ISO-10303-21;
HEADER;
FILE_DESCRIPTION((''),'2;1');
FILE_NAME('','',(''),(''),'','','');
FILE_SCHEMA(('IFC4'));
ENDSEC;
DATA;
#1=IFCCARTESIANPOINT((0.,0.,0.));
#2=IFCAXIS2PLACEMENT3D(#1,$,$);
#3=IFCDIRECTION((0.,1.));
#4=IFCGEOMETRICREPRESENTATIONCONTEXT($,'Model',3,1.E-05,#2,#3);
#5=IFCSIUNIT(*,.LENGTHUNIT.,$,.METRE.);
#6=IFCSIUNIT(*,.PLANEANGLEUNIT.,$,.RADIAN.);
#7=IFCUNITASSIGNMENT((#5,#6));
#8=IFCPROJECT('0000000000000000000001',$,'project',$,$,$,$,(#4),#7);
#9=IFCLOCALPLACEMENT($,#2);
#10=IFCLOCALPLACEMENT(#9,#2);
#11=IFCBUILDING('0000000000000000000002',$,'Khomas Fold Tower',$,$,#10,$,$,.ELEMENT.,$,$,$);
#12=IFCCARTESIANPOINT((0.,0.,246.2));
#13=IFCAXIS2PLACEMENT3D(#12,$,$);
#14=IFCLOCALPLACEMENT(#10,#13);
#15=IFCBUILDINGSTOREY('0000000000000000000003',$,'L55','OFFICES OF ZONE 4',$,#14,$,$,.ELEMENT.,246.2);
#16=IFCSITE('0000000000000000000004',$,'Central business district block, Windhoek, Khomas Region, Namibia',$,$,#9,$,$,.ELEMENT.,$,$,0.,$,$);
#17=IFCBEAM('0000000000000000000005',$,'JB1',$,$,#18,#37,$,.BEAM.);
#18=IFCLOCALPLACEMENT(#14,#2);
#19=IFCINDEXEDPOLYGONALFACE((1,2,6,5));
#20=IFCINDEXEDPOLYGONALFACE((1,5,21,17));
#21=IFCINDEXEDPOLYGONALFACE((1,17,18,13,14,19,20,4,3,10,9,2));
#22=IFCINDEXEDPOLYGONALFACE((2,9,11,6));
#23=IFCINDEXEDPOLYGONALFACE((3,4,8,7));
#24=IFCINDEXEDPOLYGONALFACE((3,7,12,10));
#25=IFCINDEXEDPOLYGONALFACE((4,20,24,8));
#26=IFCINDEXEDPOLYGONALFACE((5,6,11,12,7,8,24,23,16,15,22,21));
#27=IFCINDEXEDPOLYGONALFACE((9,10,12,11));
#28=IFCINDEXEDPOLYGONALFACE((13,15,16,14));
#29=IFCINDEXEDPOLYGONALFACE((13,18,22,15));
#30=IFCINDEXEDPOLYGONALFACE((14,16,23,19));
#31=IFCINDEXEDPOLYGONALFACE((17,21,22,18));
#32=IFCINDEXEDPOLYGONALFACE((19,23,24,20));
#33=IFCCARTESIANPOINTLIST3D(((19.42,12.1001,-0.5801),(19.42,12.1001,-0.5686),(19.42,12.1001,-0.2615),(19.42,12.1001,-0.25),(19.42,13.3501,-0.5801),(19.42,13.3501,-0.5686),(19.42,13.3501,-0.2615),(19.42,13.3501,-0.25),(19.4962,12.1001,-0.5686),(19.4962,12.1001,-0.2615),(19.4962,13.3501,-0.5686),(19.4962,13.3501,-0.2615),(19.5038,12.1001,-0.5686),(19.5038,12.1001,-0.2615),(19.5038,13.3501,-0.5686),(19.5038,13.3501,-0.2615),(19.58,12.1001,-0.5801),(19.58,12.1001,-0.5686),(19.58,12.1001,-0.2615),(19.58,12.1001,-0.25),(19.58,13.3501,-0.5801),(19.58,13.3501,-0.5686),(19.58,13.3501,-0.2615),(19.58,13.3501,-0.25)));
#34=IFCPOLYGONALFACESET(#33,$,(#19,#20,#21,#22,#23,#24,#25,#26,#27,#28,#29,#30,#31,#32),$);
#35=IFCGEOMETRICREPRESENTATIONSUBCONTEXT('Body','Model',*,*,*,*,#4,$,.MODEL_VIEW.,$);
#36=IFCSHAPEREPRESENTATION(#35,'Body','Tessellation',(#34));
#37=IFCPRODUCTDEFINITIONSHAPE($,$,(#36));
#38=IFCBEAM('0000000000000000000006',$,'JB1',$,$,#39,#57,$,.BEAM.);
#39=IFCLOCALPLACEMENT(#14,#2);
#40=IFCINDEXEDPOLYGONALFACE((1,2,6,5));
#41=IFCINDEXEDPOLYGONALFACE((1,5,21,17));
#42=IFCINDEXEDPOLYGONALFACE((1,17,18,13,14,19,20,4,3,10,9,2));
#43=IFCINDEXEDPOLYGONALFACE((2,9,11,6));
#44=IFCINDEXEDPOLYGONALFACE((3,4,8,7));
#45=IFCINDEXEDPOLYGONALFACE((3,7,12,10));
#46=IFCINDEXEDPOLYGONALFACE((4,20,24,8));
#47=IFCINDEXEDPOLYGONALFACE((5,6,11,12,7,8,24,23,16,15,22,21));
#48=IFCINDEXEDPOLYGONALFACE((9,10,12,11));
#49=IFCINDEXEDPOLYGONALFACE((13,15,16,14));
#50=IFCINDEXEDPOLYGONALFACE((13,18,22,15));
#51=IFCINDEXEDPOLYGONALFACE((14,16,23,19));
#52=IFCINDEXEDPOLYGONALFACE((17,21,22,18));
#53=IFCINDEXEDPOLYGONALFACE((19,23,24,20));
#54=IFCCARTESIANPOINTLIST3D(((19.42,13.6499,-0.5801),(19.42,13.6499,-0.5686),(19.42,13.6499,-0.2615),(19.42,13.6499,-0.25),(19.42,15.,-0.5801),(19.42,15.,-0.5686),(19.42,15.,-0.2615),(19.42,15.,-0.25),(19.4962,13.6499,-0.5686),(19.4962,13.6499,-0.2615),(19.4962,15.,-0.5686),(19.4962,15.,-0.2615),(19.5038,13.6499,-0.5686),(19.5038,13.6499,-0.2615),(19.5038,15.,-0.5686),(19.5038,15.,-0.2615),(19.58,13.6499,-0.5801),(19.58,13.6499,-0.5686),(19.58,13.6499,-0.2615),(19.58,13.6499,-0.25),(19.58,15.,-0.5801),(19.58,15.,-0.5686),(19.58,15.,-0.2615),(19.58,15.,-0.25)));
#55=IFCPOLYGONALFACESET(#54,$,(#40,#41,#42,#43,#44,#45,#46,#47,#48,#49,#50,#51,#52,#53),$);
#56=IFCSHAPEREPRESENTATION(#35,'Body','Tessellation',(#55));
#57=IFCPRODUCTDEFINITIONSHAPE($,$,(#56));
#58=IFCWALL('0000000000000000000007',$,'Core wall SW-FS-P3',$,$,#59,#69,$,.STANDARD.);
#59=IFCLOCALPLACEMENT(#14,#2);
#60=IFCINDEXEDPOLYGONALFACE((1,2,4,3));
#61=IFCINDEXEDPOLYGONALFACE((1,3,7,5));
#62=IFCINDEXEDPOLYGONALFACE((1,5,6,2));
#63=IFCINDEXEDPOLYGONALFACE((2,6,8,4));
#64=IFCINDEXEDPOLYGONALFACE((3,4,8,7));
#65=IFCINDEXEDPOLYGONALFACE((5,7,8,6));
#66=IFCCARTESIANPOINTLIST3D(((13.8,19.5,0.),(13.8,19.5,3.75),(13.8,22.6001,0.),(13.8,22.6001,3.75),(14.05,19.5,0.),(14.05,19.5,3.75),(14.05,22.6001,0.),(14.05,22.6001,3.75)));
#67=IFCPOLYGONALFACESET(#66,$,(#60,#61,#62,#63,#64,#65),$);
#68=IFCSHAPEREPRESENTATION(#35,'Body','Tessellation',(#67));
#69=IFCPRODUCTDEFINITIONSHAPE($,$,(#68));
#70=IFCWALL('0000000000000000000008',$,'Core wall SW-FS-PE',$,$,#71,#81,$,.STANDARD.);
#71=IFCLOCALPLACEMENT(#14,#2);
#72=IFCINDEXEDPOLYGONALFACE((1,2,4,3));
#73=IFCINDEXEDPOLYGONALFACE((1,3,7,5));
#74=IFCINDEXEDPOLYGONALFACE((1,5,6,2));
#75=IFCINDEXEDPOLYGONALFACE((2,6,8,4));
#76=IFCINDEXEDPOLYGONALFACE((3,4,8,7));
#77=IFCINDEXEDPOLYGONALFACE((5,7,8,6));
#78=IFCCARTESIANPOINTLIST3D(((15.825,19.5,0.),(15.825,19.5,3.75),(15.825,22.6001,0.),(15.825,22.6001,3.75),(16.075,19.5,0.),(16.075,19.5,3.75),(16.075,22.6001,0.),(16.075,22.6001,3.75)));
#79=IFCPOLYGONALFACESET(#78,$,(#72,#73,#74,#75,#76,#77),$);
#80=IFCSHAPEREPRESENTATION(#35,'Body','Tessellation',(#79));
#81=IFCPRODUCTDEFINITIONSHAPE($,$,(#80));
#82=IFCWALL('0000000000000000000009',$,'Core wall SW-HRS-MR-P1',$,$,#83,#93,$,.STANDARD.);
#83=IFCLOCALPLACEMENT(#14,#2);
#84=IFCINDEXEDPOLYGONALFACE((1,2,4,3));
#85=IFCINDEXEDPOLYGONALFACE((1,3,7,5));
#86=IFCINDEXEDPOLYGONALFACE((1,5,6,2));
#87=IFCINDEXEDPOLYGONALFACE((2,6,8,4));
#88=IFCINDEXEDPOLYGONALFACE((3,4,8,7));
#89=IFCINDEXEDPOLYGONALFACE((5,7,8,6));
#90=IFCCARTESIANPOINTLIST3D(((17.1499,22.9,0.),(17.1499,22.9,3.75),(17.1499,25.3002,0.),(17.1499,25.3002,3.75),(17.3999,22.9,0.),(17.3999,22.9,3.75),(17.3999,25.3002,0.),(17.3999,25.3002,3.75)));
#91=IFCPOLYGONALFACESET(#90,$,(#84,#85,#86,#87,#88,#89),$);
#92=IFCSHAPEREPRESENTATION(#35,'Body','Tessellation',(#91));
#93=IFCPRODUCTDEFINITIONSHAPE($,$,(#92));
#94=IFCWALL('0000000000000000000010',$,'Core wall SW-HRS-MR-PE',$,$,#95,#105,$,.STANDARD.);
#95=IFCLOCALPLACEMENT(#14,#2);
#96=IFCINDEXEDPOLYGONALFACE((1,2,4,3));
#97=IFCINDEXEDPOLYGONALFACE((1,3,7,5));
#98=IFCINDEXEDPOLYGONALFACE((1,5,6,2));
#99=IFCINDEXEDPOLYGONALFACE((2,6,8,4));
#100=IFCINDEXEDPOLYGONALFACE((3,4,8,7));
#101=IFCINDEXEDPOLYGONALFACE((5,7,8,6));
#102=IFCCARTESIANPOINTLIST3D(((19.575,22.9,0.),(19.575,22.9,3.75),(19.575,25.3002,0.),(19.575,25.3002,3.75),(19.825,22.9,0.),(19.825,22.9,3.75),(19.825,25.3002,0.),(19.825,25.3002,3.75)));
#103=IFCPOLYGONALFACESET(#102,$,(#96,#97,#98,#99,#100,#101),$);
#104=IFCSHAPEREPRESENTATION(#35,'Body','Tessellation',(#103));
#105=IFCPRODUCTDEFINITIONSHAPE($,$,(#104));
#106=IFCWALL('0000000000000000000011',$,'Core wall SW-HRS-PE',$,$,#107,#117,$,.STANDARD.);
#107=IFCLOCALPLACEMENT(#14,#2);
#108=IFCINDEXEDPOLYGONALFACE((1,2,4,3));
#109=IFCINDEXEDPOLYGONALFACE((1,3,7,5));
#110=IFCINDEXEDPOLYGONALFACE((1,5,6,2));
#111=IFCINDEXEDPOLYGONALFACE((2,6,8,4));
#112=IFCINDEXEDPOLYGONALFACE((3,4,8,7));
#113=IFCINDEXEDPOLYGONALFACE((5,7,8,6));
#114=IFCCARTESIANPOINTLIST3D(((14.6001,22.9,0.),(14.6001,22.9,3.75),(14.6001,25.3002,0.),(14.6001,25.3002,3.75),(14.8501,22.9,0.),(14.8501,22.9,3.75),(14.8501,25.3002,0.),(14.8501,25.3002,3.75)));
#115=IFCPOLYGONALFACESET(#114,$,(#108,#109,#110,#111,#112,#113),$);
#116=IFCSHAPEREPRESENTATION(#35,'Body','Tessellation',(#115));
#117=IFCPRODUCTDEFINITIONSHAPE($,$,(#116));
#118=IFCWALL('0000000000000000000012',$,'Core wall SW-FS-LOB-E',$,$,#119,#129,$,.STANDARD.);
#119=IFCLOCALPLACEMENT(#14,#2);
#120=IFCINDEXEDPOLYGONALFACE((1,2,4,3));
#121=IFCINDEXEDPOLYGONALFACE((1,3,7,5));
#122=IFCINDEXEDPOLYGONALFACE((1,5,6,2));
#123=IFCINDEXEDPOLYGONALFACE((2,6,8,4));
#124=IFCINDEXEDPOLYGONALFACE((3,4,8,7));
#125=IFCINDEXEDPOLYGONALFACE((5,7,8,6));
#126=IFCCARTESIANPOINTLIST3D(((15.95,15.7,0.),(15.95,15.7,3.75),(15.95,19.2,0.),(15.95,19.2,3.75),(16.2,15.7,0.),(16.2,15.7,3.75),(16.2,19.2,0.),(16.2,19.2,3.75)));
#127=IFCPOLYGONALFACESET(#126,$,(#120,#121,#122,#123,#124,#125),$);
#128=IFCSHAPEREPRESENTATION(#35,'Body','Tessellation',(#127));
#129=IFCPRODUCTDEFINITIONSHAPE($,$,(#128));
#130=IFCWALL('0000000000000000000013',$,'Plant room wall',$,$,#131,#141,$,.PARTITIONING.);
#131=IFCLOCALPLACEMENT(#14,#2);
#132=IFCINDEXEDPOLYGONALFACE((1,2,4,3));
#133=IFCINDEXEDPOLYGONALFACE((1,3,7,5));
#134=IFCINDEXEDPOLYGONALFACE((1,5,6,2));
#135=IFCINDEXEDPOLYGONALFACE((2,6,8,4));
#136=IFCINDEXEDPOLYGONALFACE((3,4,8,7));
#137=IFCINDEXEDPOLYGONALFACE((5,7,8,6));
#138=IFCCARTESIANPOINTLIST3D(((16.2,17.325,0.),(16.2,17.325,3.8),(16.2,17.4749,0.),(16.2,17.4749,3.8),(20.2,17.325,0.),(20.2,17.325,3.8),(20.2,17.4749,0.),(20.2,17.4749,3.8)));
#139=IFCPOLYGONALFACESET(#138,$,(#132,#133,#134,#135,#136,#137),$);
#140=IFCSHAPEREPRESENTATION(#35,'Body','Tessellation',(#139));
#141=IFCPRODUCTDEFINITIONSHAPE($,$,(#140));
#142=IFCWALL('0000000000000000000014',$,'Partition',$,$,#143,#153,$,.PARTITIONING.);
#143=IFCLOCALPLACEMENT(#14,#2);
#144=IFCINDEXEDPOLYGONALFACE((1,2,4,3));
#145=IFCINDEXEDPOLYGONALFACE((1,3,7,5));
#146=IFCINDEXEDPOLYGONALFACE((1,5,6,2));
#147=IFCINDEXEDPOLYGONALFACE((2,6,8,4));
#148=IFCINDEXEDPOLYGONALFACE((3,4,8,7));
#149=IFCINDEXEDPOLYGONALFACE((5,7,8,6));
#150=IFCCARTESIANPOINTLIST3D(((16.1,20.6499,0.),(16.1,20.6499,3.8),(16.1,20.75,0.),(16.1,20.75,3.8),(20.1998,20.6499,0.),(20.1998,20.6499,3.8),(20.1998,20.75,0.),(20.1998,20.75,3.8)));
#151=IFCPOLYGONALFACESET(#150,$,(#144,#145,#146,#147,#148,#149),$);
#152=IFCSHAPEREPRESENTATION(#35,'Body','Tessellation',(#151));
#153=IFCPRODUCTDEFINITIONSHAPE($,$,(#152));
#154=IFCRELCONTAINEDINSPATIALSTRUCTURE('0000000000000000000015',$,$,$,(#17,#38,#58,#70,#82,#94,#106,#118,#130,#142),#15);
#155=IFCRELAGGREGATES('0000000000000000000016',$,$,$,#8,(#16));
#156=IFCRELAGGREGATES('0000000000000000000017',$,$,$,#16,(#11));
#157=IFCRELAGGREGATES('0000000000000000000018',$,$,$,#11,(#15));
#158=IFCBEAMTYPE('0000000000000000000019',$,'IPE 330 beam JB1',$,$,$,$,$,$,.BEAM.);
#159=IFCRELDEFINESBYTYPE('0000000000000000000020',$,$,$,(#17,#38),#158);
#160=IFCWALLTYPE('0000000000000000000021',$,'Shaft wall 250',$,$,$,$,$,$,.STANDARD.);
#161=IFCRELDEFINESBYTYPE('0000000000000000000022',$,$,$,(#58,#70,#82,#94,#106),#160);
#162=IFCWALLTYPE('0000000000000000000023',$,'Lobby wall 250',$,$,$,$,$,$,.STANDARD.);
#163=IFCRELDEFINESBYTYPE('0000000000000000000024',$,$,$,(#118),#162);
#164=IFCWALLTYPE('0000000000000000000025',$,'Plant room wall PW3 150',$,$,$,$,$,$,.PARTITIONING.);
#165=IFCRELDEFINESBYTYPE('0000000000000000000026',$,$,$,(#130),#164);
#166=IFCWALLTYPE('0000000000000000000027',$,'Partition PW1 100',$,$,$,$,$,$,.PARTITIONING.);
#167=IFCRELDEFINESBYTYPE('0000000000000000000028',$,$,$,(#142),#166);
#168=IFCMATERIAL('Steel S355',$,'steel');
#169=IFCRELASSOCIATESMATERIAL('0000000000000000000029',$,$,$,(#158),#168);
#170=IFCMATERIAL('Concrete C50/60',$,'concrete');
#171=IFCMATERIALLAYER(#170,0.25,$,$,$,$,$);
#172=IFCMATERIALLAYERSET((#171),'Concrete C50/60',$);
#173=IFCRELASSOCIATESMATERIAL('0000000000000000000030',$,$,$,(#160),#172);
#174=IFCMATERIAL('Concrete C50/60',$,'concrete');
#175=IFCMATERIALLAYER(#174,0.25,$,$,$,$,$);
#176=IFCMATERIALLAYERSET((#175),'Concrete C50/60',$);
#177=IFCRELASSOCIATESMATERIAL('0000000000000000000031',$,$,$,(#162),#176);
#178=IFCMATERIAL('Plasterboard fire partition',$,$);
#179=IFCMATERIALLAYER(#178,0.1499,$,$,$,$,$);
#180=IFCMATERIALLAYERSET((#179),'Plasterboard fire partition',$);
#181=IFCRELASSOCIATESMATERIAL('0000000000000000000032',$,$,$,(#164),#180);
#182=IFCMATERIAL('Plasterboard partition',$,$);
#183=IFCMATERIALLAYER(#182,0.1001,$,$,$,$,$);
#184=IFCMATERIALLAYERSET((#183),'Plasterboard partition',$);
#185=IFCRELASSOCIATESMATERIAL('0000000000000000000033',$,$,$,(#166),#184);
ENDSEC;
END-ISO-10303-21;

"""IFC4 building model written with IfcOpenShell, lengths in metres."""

from ifc_helpers import new_model, si_unit, direction, frame, frame_2d, origin, origin_2d, place, context, subcontext, project, spatial, rectangle, i_section, extrude, source, transform, mapped, material, layer, layer_set, material_profile, profile_set, type_object, element, save


model = new_model("IFC4")

# Units and contexts
model_context = context("Model", 3, precision=1e-05, world=origin(), true_north=direction((0.0, 1.0)))
body_context = subcontext(model_context, "Body", "Model", "MODEL_VIEW")
ifc_project = project(units=[si_unit("LENGTHUNIT", "METRE"), si_unit("PLANEANGLEUNIT", "RADIAN")], contexts=[model_context])

# Site, building, storey
site_placement = place(None, origin())
site = spatial("IfcSite", under=ifc_project, at=site_placement, Name="Central business district block, Windhoek, Khomas Region, Namibia", CompositionType="ELEMENT", RefElevation=0.0)
building_placement = place(site_placement, origin())
building = spatial("IfcBuilding", under=site, at=building_placement, Name="Khomas Fold Tower", CompositionType="ELEMENT")
storey_placement = place(building_placement, frame((0.0, 0.0, 246.2)))
storey = spatial("IfcBuildingStorey", under=building, at=storey_placement, Name="L55", Description="OFFICES OF ZONE 4", CompositionType="ELEMENT", Elevation=246.2)

# Beams
ifc_material_1 = material(Name="Steel S355", Category="steel")
ifc_material_profile = material_profile(ifc_material_1, i_section(OverallWidth=0.1599, OverallDepth=0.3301, WebThickness=0.0076, FlangeThickness=0.0115, at=origin_2d()), Name="IPE 330")
ifc_profile_set = profile_set([ifc_material_profile], Name="Steel S355")
beam_type = type_object("IfcBeamType", Name="IPE 330 beam JB1", PredefinedType="BEAM", material=ifc_profile_set)
shared_shape_1 = source(origin(), body_context, "Body", "SweptSolid", [
    extrude(i_section(OverallWidth=0.1599, OverallDepth=0.3301, WebThickness=0.0076, FlangeThickness=0.0115, at=origin_2d()), origin(), (0.0, 0.0, 1.0), 1.25),
])
beam_1_placement = place(storey_placement, frame((19.5, 12.1001, -0.415), z_axis=(0.0, 1.0, 0.0), x_axis=(-1.0, 0.0, 0.0)))
element("IfcBeam", 1, at=beam_1_placement, inside=storey, type_object=beam_type, Name="JB1", PredefinedType="BEAM", context=body_context, shape_type="MappedRepresentation", body=[
    mapped(shared_shape_1, transform((0.0, 0.0, 0.0))),
])
shared_shape_2 = source(origin(), body_context, "Body", "SweptSolid", [
    extrude(i_section(OverallWidth=0.1599, OverallDepth=0.3301, WebThickness=0.0076, FlangeThickness=0.0115, at=origin_2d()), origin(), (0.0, 0.0, 1.0), 1.3501),
])
beam_2_placement = place(storey_placement, frame((19.5, 13.6499, -0.415), z_axis=(0.0, 1.0, 0.0), x_axis=(-1.0, 0.0, 0.0)))
element("IfcBeam", 2, at=beam_2_placement, inside=storey, type_object=beam_type, Name="JB1", PredefinedType="BEAM", context=body_context, shape_type="MappedRepresentation", body=[
    mapped(shared_shape_2, transform((0.0, 0.0, 0.0))),
])

# Walls
ifc_material_2 = material(Name="Concrete C50/60", Category="concrete")
ifc_layer_1 = layer(ifc_material_2, 0.25)
ifc_layer_set_1 = layer_set([ifc_layer_1], Name="Concrete C50/60")
wall_type_1 = type_object("IfcWallType", Name="Shaft wall 250", PredefinedType="STANDARD", material=ifc_layer_set_1)
shared_shape_3 = source(origin(), body_context, "Body", "SweptSolid", [
    extrude(rectangle(XDim=3.1001, YDim=0.25, at=frame_2d((1.55, 0.0))), origin(), (0.0, 0.0, 1.0), 3.75),
])
for number, where, z_axis, x_axis, name in (
    (3, (13.925, 19.5, 0.0), (0.0, 0.0, 1.0), (0.0, 1.0, 0.0), "Core wall SW-FS-P3"),
    (4, (15.95, 19.5, 0.0), (0.0, 0.0, 1.0), (0.0, 1.0, 0.0), "Core wall SW-FS-PE"),
):
    element("IfcWall", number, at=place(storey_placement, frame(where, z_axis=z_axis, x_axis=x_axis)), inside=storey, type_object=wall_type_1, Name=name, PredefinedType="STANDARD", context=body_context, shape_type="MappedRepresentation", body=[
        mapped(shared_shape_3, transform((0.0, 0.0, 0.0))),
    ])
shared_shape_4 = source(origin(), body_context, "Body", "SweptSolid", [
    extrude(rectangle(XDim=2.4001, YDim=0.25, at=frame_2d((1.2002, 0.0))), origin(), (0.0, 0.0, 1.0), 3.75),
])
for number, where, z_axis, x_axis, name in (
    (5, (17.2749, 22.8999, 0.0), (0.0, 0.0, 1.0), (0.0, 1.0, 0.0), "Core wall SW-HRS-MR-P1"),
    (6, (19.7, 22.8999, 0.0), (0.0, 0.0, 1.0), (0.0, 1.0, 0.0), "Core wall SW-HRS-MR-PE"),
    (7, (14.7251, 22.8999, 0.0), (0.0, 0.0, 1.0), (0.0, 1.0, 0.0), "Core wall SW-HRS-PE"),
):
    element("IfcWall", number, at=place(storey_placement, frame(where, z_axis=z_axis, x_axis=x_axis)), inside=storey, type_object=wall_type_1, Name=name, PredefinedType="STANDARD", context=body_context, shape_type="MappedRepresentation", body=[
        mapped(shared_shape_4, transform((0.0, 0.0, 0.0))),
    ])
ifc_material_3 = material(Name="Concrete C50/60", Category="concrete")
ifc_layer_2 = layer(ifc_material_3, 0.25)
ifc_layer_set_2 = layer_set([ifc_layer_2], Name="Concrete C50/60")
wall_type_2 = type_object("IfcWallType", Name="Lobby wall 250", PredefinedType="STANDARD", material=ifc_layer_set_2)
shared_shape_5 = source(origin(), body_context, "Body", "SweptSolid", [
    extrude(rectangle(XDim=3.5, YDim=0.25, at=frame_2d((1.75, 0.0))), origin(), (0.0, 0.0, 1.0), 3.75),
])
wall_1_placement = place(storey_placement, frame((16.075, 15.7, 0.0), z_axis=(0.0, 0.0, 1.0), x_axis=(0.0, 1.0, 0.0)))
element("IfcWall", 8, at=wall_1_placement, inside=storey, type_object=wall_type_2, Name="Core wall SW-FS-LOB-E", PredefinedType="STANDARD", context=body_context, shape_type="MappedRepresentation", body=[
    mapped(shared_shape_5, transform((0.0, 0.0, 0.0))),
])
ifc_material_4 = material(Name="Plasterboard fire partition")
ifc_layer_3 = layer(ifc_material_4, 0.1499)
ifc_layer_set_3 = layer_set([ifc_layer_3], Name="Plasterboard fire partition")
wall_type_3 = type_object("IfcWallType", Name="Plant room wall PW3 150", PredefinedType="PARTITIONING", material=ifc_layer_set_3)
shared_shape_6 = source(origin(), body_context, "Body", "SweptSolid", [
    extrude(rectangle(XDim=4.0, YDim=0.1499, at=frame_2d((2.0, 0.0))), origin(), (0.0, 0.0, 1.0), 3.8),
])
wall_2_placement = place(storey_placement, frame((16.2, 17.3999, 0.0), z_axis=(0.0, 0.0, 1.0), x_axis=(1.0, 0.0, 0.0)))
element("IfcWall", 9, at=wall_2_placement, inside=storey, type_object=wall_type_3, Name="Plant room wall", PredefinedType="PARTITIONING", context=body_context, shape_type="MappedRepresentation", body=[
    mapped(shared_shape_6, transform((0.0, 0.0, 0.0))),
])
ifc_material_5 = material(Name="Plasterboard partition")
ifc_layer_4 = layer(ifc_material_5, 0.1001)
ifc_layer_set_4 = layer_set([ifc_layer_4], Name="Plasterboard partition")
wall_type_4 = type_object("IfcWallType", Name="Partition PW1 100", PredefinedType="PARTITIONING", material=ifc_layer_set_4)
shared_shape_7 = source(origin(), body_context, "Body", "SweptSolid", [
    extrude(rectangle(XDim=4.0999, YDim=0.1001, at=frame_2d((2.0498, 0.0))), origin(), (0.0, 0.0, 1.0), 3.8),
])
wall_3_placement = place(storey_placement, frame((16.1001, 20.7, 0.0), z_axis=(0.0, 0.0, 1.0), x_axis=(1.0, 0.0, 0.0)))
element("IfcWall", 10, at=wall_3_placement, inside=storey, type_object=wall_type_4, Name="Partition", PredefinedType="PARTITIONING", context=body_context, shape_type="MappedRepresentation", body=[
    mapped(shared_shape_7, transform((0.0, 0.0, 0.0))),
])

save(model, "model.ifc")
